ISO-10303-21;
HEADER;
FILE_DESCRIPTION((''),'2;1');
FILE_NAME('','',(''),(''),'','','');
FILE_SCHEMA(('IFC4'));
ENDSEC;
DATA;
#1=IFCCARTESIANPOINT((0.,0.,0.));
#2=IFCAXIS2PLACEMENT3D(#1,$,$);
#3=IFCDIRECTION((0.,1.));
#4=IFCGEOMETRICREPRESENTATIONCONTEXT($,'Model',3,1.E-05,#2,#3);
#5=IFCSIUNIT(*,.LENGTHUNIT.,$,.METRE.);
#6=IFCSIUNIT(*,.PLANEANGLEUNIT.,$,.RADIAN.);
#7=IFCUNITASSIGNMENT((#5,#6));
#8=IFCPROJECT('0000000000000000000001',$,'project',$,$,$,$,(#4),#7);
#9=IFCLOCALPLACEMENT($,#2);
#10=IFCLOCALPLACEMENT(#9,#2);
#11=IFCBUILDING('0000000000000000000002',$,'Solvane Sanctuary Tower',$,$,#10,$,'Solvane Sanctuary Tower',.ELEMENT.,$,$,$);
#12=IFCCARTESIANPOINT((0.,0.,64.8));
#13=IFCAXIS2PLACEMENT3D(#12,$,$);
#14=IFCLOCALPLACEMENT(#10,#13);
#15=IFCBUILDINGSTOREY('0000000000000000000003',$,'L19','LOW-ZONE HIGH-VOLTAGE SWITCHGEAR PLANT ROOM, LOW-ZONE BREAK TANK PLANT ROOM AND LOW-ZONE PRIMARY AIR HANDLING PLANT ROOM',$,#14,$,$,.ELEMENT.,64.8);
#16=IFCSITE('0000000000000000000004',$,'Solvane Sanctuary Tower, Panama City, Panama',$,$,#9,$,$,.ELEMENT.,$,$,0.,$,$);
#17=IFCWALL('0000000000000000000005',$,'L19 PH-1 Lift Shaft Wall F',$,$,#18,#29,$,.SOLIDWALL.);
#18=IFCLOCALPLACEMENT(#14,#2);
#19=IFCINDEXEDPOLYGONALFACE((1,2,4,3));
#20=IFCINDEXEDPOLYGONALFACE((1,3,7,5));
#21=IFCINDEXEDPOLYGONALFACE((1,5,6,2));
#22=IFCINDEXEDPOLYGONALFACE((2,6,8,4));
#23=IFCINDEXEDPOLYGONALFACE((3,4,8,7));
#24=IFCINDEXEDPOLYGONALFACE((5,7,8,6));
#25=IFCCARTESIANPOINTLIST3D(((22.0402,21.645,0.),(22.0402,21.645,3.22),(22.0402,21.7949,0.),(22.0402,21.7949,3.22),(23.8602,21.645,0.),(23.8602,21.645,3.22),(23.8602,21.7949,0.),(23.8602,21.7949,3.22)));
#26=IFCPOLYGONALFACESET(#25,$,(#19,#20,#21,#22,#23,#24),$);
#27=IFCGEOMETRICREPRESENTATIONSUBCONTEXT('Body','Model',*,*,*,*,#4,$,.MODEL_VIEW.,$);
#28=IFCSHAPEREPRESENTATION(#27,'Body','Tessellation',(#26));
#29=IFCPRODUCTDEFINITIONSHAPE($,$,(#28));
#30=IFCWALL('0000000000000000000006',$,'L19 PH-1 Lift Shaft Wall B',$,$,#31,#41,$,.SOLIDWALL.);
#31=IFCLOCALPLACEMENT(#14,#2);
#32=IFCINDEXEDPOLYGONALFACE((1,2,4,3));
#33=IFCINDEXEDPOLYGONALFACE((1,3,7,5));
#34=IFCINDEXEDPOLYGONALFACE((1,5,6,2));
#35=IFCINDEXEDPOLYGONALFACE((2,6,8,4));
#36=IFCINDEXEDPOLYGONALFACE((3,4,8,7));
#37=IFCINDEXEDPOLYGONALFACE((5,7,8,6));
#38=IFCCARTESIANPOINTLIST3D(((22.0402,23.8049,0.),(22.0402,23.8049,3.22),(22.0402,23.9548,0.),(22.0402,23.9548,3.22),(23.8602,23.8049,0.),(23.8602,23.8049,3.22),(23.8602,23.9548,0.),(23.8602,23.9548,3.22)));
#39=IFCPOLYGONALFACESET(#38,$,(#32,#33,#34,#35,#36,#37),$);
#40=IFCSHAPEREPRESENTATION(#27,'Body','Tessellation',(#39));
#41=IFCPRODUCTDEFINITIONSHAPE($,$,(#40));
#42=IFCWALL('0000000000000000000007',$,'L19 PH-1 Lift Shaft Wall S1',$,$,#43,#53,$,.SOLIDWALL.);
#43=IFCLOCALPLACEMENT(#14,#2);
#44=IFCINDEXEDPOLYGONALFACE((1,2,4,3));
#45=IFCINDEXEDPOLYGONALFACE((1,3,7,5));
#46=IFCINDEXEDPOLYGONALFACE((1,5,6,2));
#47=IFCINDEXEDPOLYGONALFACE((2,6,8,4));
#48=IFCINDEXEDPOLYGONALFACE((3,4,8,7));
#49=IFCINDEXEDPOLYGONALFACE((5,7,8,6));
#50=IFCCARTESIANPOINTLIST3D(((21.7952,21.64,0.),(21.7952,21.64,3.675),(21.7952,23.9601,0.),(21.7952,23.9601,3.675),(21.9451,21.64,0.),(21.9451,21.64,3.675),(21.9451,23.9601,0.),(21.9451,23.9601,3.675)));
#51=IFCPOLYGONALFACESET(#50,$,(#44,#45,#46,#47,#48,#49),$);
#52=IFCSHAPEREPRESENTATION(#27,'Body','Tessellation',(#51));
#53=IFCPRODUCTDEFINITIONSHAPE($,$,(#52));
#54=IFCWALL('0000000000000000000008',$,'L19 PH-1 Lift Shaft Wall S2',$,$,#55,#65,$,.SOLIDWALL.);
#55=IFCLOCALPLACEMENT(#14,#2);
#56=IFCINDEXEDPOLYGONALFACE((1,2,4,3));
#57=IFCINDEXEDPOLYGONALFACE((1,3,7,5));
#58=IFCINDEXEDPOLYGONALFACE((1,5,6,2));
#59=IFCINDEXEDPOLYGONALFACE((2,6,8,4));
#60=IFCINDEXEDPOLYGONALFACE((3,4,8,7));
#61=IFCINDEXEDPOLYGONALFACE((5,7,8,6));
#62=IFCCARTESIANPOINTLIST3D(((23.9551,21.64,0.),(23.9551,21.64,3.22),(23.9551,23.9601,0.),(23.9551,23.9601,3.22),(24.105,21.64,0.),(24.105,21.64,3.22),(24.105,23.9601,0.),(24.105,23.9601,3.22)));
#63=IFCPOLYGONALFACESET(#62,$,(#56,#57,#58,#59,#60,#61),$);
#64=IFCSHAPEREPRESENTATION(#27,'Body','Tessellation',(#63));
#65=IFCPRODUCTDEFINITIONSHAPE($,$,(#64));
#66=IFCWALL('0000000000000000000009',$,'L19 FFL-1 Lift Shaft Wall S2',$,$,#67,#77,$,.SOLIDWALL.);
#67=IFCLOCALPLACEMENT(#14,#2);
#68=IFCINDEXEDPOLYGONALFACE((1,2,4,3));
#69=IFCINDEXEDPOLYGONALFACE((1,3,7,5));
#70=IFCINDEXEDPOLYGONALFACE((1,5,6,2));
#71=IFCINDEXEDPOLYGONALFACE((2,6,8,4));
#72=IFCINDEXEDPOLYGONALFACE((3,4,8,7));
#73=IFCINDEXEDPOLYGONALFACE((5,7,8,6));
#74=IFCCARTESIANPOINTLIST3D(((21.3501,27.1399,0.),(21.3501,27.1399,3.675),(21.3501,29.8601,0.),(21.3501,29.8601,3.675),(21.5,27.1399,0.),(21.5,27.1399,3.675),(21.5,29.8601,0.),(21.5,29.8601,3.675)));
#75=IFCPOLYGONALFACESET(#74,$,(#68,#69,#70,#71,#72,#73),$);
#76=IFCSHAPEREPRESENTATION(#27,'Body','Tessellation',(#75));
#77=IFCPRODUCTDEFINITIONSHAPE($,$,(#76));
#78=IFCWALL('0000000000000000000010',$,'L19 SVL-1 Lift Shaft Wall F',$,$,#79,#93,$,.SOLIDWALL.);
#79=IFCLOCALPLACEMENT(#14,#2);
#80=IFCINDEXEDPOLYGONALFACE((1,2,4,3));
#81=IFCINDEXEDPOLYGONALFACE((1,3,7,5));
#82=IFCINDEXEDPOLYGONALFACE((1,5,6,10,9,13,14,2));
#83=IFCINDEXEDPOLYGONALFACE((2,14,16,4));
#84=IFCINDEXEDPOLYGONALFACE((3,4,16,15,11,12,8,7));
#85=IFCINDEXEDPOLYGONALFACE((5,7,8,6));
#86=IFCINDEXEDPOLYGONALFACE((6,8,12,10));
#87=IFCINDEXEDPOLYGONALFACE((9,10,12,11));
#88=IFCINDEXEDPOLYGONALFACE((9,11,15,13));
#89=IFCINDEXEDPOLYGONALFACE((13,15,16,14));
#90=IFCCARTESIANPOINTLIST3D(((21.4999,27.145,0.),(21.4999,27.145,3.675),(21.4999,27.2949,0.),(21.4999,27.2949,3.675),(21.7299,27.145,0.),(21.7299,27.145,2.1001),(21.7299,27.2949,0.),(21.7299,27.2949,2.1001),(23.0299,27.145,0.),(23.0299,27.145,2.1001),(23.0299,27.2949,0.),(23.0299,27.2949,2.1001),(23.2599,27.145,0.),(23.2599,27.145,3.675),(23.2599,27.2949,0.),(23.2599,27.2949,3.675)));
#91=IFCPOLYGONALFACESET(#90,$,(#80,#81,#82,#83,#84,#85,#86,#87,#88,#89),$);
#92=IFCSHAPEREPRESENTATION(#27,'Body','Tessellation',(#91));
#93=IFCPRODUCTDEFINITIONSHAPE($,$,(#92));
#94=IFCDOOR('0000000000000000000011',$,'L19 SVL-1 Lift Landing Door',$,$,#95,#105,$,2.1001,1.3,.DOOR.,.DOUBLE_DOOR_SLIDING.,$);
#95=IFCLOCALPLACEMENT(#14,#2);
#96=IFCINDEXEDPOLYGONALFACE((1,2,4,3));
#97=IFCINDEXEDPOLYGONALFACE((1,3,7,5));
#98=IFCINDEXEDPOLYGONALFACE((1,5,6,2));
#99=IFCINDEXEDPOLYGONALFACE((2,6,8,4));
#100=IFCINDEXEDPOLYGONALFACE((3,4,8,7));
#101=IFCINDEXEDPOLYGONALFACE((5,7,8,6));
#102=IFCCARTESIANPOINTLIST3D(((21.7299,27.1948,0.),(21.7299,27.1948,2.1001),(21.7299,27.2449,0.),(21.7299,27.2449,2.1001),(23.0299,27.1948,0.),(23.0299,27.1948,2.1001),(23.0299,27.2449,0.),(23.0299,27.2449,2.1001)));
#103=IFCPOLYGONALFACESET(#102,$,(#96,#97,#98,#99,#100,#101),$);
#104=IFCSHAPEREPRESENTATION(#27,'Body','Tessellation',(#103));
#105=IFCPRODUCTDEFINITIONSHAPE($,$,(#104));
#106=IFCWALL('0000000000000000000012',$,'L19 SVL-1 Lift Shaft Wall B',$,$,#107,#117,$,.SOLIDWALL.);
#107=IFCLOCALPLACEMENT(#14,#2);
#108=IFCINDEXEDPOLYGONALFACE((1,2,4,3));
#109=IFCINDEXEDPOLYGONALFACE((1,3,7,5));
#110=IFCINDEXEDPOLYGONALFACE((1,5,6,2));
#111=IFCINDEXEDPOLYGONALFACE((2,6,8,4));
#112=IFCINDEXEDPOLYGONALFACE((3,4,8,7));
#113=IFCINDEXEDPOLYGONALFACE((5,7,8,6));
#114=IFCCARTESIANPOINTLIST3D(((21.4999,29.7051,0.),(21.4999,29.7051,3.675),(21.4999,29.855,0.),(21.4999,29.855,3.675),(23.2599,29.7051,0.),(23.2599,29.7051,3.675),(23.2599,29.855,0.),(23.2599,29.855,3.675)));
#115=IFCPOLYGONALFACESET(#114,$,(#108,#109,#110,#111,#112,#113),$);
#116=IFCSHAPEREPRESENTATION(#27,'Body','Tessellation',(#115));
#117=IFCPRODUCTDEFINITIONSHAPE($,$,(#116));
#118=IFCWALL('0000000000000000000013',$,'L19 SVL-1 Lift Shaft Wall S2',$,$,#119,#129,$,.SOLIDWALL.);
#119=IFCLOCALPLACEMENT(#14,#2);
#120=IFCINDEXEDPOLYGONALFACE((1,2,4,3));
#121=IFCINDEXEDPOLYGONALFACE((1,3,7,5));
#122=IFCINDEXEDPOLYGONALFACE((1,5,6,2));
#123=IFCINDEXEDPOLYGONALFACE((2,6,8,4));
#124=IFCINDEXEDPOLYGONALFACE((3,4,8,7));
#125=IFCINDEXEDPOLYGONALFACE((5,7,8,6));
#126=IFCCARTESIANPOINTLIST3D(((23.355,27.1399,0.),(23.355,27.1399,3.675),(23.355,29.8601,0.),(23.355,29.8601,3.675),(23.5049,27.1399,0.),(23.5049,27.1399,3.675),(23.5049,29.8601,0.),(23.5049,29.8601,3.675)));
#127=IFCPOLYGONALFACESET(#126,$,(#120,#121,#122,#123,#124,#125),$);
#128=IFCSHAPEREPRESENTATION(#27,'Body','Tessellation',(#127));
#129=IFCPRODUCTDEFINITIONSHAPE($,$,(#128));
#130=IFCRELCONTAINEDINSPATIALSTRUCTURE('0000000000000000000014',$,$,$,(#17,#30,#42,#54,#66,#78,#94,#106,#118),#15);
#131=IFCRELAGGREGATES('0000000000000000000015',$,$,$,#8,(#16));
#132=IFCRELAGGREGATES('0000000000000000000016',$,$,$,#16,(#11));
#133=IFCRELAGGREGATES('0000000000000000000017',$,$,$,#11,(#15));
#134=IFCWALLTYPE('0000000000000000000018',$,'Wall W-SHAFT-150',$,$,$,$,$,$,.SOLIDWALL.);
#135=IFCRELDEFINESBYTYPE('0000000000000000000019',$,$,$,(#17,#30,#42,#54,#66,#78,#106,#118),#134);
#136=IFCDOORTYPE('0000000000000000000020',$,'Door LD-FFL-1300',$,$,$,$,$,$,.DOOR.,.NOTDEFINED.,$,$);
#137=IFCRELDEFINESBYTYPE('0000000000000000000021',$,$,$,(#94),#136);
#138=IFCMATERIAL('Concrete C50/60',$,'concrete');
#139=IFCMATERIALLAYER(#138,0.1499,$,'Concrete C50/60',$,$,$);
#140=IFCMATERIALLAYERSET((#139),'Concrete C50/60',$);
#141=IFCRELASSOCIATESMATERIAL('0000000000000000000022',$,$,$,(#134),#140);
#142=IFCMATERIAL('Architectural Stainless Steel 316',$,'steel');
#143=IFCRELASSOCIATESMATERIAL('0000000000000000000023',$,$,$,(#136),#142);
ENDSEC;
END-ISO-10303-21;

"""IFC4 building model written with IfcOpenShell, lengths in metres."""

from ifc_helpers import new_model, si_unit, direction, frame, frame_2d, origin, place, context, subcontext, project, spatial, rectangle, extrude, material, layer, layer_set, type_object, element, fill, save


model = new_model("IFC4")

# Units and contexts
model_context = context("Model", 3, precision=1e-05, world=origin(), true_north=direction((0.0, 1.0)))
body_context = subcontext(model_context, "Body", "Model", "MODEL_VIEW")
ifc_project = project(units=[si_unit("LENGTHUNIT", "METRE"), si_unit("PLANEANGLEUNIT", "RADIAN")], contexts=[model_context])

# Site, building, storey
site_placement = place(None, origin())
site = spatial("IfcSite", under=ifc_project, at=site_placement, Name="Solvane Sanctuary Tower, Panama City, Panama", CompositionType="ELEMENT", RefElevation=0.0)
building_placement = place(site_placement, origin())
building = spatial("IfcBuilding", under=site, at=building_placement, Name="Solvane Sanctuary Tower", LongName="Solvane Sanctuary Tower", CompositionType="ELEMENT")
storey_placement = place(building_placement, frame((0.0, 0.0, 64.8)))
storey = spatial("IfcBuildingStorey", under=building, at=storey_placement, Name="L19", Description="LOW-ZONE HIGH-VOLTAGE SWITCHGEAR PLANT ROOM, LOW-ZONE BREAK TANK PLANT ROOM AND LOW-ZONE PRIMARY AIR HANDLING PLANT ROOM", CompositionType="ELEMENT", Elevation=64.8)

# Shared definitions
ifc_material_1 = material(Name="Architectural Stainless Steel 316", Category="steel")

# Walls
ifc_material_2 = material(Name="Concrete C50/60", Category="concrete")
ifc_layer_1 = layer(ifc_material_2, 0.1499, Name="Concrete C50/60")
ifc_layer_set_1 = layer_set([ifc_layer_1], Name="Concrete C50/60")
wall_type_1 = type_object("IfcWallType", Name="Wall W-SHAFT-150", PredefinedType="SOLIDWALL", material=ifc_layer_set_1)
for number, where, z_axis, x_axis, name in (
    (1, (22.04, 21.72, 0.0), (0.0, 0.0, 1.0), (1.0, 0.0, 0.0), "L19 PH-1 Lift Shaft Wall F"),
    (2, (22.04, 23.8799, 0.0), (0.0, 0.0, 1.0), (1.0, 0.0, 0.0), "L19 PH-1 Lift Shaft Wall B"),
):
    element("IfcWall", number, at=place(storey_placement, frame(where, z_axis=z_axis, x_axis=x_axis)), inside=storey, type_object=wall_type_1, Name=name, PredefinedType="SOLIDWALL", context=body_context, shape_type="SweptSolid", body=[
        extrude(rectangle(XDim=1.8201, YDim=0.1499, at=frame_2d((0.9102, 0.0))), origin(), (0.0, 0.0, 1.0), 3.22),
    ])
wall_1_placement = place(storey_placement, frame((21.8701, 21.6399, 0.0), z_axis=(0.0, 0.0, 1.0), x_axis=(0.0, 1.0, 0.0)))
element("IfcWall", 3, at=wall_1_placement, inside=storey, type_object=wall_type_1, Name="L19 PH-1 Lift Shaft Wall S1", PredefinedType="SOLIDWALL", context=body_context, shape_type="SweptSolid", body=[
    extrude(rectangle(XDim=2.3201, YDim=0.1499, at=frame_2d((1.1602, 0.0))), origin(), (0.0, 0.0, 1.0), 3.675),
])
wall_2_placement = place(storey_placement, frame((24.03, 21.6399, 0.0), z_axis=(0.0, 0.0, 1.0), x_axis=(0.0, 1.0, 0.0)))
element("IfcWall", 4, at=wall_2_placement, inside=storey, type_object=wall_type_1, Name="L19 PH-1 Lift Shaft Wall S2", PredefinedType="SOLIDWALL", context=body_context, shape_type="SweptSolid", body=[
    extrude(rectangle(XDim=2.3201, YDim=0.1499, at=frame_2d((1.1602, 0.0))), origin(), (0.0, 0.0, 1.0), 3.22),
])
wall_3_placement = place(storey_placement, frame((21.425, 27.1399, 0.0), z_axis=(0.0, 0.0, 1.0), x_axis=(0.0, 1.0, 0.0)))
element("IfcWall", 5, at=wall_3_placement, inside=storey, type_object=wall_type_1, Name="L19 FFL-1 Lift Shaft Wall S2", PredefinedType="SOLIDWALL", context=body_context, shape_type="SweptSolid", body=[
    extrude(rectangle(XDim=2.7202, YDim=0.1499, at=frame_2d((1.3601, 0.0))), origin(), (0.0, 0.0, 1.0), 3.675),
])

# Wall, opening, door
wall_4_placement = place(storey_placement, frame((21.5, 27.22, 0.0), z_axis=(0.0, 0.0, 1.0), x_axis=(1.0, 0.0, 0.0)))
wall_4 = element("IfcWall", 6, at=wall_4_placement, inside=storey, type_object=wall_type_1, Name="L19 SVL-1 Lift Shaft Wall F", PredefinedType="SOLIDWALL", context=body_context, shape_type="SweptSolid", body=[
    extrude(rectangle(XDim=1.76, YDim=0.1499, at=frame_2d((0.8799, 0.0))), origin(), (0.0, 0.0, 1.0), 3.675),
])
opening_1_placement = place(wall_4_placement, frame((0.23, 0.0, 0.0)))
opening_1 = element("IfcOpeningElement", 7, at=opening_1_placement, cuts=wall_4, PredefinedType="OPENING", context=body_context, shape_type="SweptSolid", body=[
    extrude(rectangle(XDim=1.3, YDim=2.1001, at=frame_2d((0.6499, 1.05))), frame((0.0, 0.085, 0.0), z_axis=(0.0, -1.0, 0.0), x_axis=(1.0, 0.0, 0.0)), (0.0, 0.0, 1.0), 0.1699),
])
door_type_1 = type_object("IfcDoorType", Name="Door LD-FFL-1300", OperationType="NOTDEFINED", PredefinedType="DOOR", material=ifc_material_1)
door_1_placement = place(opening_1_placement, origin())
door_1 = element("IfcDoor", 8, at=door_1_placement, inside=storey, type_object=door_type_1, Name="L19 SVL-1 Lift Landing Door", OperationType="DOUBLE_DOOR_SLIDING", OverallHeight=2.1001, OverallWidth=1.3, PredefinedType="DOOR", context=body_context, shape_type="SweptSolid", body=[
    extrude(rectangle(XDim=1.3, YDim=2.1001, at=frame_2d((0.6499, 1.05))), frame((0.0, 0.0249, 0.0), z_axis=(0.0, -1.0, 0.0), x_axis=(1.0, 0.0, 0.0)), (0.0, 0.0, 1.0), 0.05),
])
fill(opening_1, door_1)

# Walls
wall_5_placement = place(storey_placement, frame((21.5, 29.78, 0.0), z_axis=(0.0, 0.0, 1.0), x_axis=(1.0, 0.0, 0.0)))
element("IfcWall", 9, at=wall_5_placement, inside=storey, type_object=wall_type_1, Name="L19 SVL-1 Lift Shaft Wall B", PredefinedType="SOLIDWALL", context=body_context, shape_type="SweptSolid", body=[
    extrude(rectangle(XDim=1.76, YDim=0.1499, at=frame_2d((0.8799, 0.0))), origin(), (0.0, 0.0, 1.0), 3.675),
])
wall_6_placement = place(storey_placement, frame((23.4299, 27.1399, 0.0), z_axis=(0.0, 0.0, 1.0), x_axis=(0.0, 1.0, 0.0)))
element("IfcWall", 10, at=wall_6_placement, inside=storey, type_object=wall_type_1, Name="L19 SVL-1 Lift Shaft Wall S2", PredefinedType="SOLIDWALL", context=body_context, shape_type="SweptSolid", body=[
    extrude(rectangle(XDim=2.7202, YDim=0.1499, at=frame_2d((1.3601, 0.0))), origin(), (0.0, 0.0, 1.0), 3.675),
])

save(model, "model.ifc")
